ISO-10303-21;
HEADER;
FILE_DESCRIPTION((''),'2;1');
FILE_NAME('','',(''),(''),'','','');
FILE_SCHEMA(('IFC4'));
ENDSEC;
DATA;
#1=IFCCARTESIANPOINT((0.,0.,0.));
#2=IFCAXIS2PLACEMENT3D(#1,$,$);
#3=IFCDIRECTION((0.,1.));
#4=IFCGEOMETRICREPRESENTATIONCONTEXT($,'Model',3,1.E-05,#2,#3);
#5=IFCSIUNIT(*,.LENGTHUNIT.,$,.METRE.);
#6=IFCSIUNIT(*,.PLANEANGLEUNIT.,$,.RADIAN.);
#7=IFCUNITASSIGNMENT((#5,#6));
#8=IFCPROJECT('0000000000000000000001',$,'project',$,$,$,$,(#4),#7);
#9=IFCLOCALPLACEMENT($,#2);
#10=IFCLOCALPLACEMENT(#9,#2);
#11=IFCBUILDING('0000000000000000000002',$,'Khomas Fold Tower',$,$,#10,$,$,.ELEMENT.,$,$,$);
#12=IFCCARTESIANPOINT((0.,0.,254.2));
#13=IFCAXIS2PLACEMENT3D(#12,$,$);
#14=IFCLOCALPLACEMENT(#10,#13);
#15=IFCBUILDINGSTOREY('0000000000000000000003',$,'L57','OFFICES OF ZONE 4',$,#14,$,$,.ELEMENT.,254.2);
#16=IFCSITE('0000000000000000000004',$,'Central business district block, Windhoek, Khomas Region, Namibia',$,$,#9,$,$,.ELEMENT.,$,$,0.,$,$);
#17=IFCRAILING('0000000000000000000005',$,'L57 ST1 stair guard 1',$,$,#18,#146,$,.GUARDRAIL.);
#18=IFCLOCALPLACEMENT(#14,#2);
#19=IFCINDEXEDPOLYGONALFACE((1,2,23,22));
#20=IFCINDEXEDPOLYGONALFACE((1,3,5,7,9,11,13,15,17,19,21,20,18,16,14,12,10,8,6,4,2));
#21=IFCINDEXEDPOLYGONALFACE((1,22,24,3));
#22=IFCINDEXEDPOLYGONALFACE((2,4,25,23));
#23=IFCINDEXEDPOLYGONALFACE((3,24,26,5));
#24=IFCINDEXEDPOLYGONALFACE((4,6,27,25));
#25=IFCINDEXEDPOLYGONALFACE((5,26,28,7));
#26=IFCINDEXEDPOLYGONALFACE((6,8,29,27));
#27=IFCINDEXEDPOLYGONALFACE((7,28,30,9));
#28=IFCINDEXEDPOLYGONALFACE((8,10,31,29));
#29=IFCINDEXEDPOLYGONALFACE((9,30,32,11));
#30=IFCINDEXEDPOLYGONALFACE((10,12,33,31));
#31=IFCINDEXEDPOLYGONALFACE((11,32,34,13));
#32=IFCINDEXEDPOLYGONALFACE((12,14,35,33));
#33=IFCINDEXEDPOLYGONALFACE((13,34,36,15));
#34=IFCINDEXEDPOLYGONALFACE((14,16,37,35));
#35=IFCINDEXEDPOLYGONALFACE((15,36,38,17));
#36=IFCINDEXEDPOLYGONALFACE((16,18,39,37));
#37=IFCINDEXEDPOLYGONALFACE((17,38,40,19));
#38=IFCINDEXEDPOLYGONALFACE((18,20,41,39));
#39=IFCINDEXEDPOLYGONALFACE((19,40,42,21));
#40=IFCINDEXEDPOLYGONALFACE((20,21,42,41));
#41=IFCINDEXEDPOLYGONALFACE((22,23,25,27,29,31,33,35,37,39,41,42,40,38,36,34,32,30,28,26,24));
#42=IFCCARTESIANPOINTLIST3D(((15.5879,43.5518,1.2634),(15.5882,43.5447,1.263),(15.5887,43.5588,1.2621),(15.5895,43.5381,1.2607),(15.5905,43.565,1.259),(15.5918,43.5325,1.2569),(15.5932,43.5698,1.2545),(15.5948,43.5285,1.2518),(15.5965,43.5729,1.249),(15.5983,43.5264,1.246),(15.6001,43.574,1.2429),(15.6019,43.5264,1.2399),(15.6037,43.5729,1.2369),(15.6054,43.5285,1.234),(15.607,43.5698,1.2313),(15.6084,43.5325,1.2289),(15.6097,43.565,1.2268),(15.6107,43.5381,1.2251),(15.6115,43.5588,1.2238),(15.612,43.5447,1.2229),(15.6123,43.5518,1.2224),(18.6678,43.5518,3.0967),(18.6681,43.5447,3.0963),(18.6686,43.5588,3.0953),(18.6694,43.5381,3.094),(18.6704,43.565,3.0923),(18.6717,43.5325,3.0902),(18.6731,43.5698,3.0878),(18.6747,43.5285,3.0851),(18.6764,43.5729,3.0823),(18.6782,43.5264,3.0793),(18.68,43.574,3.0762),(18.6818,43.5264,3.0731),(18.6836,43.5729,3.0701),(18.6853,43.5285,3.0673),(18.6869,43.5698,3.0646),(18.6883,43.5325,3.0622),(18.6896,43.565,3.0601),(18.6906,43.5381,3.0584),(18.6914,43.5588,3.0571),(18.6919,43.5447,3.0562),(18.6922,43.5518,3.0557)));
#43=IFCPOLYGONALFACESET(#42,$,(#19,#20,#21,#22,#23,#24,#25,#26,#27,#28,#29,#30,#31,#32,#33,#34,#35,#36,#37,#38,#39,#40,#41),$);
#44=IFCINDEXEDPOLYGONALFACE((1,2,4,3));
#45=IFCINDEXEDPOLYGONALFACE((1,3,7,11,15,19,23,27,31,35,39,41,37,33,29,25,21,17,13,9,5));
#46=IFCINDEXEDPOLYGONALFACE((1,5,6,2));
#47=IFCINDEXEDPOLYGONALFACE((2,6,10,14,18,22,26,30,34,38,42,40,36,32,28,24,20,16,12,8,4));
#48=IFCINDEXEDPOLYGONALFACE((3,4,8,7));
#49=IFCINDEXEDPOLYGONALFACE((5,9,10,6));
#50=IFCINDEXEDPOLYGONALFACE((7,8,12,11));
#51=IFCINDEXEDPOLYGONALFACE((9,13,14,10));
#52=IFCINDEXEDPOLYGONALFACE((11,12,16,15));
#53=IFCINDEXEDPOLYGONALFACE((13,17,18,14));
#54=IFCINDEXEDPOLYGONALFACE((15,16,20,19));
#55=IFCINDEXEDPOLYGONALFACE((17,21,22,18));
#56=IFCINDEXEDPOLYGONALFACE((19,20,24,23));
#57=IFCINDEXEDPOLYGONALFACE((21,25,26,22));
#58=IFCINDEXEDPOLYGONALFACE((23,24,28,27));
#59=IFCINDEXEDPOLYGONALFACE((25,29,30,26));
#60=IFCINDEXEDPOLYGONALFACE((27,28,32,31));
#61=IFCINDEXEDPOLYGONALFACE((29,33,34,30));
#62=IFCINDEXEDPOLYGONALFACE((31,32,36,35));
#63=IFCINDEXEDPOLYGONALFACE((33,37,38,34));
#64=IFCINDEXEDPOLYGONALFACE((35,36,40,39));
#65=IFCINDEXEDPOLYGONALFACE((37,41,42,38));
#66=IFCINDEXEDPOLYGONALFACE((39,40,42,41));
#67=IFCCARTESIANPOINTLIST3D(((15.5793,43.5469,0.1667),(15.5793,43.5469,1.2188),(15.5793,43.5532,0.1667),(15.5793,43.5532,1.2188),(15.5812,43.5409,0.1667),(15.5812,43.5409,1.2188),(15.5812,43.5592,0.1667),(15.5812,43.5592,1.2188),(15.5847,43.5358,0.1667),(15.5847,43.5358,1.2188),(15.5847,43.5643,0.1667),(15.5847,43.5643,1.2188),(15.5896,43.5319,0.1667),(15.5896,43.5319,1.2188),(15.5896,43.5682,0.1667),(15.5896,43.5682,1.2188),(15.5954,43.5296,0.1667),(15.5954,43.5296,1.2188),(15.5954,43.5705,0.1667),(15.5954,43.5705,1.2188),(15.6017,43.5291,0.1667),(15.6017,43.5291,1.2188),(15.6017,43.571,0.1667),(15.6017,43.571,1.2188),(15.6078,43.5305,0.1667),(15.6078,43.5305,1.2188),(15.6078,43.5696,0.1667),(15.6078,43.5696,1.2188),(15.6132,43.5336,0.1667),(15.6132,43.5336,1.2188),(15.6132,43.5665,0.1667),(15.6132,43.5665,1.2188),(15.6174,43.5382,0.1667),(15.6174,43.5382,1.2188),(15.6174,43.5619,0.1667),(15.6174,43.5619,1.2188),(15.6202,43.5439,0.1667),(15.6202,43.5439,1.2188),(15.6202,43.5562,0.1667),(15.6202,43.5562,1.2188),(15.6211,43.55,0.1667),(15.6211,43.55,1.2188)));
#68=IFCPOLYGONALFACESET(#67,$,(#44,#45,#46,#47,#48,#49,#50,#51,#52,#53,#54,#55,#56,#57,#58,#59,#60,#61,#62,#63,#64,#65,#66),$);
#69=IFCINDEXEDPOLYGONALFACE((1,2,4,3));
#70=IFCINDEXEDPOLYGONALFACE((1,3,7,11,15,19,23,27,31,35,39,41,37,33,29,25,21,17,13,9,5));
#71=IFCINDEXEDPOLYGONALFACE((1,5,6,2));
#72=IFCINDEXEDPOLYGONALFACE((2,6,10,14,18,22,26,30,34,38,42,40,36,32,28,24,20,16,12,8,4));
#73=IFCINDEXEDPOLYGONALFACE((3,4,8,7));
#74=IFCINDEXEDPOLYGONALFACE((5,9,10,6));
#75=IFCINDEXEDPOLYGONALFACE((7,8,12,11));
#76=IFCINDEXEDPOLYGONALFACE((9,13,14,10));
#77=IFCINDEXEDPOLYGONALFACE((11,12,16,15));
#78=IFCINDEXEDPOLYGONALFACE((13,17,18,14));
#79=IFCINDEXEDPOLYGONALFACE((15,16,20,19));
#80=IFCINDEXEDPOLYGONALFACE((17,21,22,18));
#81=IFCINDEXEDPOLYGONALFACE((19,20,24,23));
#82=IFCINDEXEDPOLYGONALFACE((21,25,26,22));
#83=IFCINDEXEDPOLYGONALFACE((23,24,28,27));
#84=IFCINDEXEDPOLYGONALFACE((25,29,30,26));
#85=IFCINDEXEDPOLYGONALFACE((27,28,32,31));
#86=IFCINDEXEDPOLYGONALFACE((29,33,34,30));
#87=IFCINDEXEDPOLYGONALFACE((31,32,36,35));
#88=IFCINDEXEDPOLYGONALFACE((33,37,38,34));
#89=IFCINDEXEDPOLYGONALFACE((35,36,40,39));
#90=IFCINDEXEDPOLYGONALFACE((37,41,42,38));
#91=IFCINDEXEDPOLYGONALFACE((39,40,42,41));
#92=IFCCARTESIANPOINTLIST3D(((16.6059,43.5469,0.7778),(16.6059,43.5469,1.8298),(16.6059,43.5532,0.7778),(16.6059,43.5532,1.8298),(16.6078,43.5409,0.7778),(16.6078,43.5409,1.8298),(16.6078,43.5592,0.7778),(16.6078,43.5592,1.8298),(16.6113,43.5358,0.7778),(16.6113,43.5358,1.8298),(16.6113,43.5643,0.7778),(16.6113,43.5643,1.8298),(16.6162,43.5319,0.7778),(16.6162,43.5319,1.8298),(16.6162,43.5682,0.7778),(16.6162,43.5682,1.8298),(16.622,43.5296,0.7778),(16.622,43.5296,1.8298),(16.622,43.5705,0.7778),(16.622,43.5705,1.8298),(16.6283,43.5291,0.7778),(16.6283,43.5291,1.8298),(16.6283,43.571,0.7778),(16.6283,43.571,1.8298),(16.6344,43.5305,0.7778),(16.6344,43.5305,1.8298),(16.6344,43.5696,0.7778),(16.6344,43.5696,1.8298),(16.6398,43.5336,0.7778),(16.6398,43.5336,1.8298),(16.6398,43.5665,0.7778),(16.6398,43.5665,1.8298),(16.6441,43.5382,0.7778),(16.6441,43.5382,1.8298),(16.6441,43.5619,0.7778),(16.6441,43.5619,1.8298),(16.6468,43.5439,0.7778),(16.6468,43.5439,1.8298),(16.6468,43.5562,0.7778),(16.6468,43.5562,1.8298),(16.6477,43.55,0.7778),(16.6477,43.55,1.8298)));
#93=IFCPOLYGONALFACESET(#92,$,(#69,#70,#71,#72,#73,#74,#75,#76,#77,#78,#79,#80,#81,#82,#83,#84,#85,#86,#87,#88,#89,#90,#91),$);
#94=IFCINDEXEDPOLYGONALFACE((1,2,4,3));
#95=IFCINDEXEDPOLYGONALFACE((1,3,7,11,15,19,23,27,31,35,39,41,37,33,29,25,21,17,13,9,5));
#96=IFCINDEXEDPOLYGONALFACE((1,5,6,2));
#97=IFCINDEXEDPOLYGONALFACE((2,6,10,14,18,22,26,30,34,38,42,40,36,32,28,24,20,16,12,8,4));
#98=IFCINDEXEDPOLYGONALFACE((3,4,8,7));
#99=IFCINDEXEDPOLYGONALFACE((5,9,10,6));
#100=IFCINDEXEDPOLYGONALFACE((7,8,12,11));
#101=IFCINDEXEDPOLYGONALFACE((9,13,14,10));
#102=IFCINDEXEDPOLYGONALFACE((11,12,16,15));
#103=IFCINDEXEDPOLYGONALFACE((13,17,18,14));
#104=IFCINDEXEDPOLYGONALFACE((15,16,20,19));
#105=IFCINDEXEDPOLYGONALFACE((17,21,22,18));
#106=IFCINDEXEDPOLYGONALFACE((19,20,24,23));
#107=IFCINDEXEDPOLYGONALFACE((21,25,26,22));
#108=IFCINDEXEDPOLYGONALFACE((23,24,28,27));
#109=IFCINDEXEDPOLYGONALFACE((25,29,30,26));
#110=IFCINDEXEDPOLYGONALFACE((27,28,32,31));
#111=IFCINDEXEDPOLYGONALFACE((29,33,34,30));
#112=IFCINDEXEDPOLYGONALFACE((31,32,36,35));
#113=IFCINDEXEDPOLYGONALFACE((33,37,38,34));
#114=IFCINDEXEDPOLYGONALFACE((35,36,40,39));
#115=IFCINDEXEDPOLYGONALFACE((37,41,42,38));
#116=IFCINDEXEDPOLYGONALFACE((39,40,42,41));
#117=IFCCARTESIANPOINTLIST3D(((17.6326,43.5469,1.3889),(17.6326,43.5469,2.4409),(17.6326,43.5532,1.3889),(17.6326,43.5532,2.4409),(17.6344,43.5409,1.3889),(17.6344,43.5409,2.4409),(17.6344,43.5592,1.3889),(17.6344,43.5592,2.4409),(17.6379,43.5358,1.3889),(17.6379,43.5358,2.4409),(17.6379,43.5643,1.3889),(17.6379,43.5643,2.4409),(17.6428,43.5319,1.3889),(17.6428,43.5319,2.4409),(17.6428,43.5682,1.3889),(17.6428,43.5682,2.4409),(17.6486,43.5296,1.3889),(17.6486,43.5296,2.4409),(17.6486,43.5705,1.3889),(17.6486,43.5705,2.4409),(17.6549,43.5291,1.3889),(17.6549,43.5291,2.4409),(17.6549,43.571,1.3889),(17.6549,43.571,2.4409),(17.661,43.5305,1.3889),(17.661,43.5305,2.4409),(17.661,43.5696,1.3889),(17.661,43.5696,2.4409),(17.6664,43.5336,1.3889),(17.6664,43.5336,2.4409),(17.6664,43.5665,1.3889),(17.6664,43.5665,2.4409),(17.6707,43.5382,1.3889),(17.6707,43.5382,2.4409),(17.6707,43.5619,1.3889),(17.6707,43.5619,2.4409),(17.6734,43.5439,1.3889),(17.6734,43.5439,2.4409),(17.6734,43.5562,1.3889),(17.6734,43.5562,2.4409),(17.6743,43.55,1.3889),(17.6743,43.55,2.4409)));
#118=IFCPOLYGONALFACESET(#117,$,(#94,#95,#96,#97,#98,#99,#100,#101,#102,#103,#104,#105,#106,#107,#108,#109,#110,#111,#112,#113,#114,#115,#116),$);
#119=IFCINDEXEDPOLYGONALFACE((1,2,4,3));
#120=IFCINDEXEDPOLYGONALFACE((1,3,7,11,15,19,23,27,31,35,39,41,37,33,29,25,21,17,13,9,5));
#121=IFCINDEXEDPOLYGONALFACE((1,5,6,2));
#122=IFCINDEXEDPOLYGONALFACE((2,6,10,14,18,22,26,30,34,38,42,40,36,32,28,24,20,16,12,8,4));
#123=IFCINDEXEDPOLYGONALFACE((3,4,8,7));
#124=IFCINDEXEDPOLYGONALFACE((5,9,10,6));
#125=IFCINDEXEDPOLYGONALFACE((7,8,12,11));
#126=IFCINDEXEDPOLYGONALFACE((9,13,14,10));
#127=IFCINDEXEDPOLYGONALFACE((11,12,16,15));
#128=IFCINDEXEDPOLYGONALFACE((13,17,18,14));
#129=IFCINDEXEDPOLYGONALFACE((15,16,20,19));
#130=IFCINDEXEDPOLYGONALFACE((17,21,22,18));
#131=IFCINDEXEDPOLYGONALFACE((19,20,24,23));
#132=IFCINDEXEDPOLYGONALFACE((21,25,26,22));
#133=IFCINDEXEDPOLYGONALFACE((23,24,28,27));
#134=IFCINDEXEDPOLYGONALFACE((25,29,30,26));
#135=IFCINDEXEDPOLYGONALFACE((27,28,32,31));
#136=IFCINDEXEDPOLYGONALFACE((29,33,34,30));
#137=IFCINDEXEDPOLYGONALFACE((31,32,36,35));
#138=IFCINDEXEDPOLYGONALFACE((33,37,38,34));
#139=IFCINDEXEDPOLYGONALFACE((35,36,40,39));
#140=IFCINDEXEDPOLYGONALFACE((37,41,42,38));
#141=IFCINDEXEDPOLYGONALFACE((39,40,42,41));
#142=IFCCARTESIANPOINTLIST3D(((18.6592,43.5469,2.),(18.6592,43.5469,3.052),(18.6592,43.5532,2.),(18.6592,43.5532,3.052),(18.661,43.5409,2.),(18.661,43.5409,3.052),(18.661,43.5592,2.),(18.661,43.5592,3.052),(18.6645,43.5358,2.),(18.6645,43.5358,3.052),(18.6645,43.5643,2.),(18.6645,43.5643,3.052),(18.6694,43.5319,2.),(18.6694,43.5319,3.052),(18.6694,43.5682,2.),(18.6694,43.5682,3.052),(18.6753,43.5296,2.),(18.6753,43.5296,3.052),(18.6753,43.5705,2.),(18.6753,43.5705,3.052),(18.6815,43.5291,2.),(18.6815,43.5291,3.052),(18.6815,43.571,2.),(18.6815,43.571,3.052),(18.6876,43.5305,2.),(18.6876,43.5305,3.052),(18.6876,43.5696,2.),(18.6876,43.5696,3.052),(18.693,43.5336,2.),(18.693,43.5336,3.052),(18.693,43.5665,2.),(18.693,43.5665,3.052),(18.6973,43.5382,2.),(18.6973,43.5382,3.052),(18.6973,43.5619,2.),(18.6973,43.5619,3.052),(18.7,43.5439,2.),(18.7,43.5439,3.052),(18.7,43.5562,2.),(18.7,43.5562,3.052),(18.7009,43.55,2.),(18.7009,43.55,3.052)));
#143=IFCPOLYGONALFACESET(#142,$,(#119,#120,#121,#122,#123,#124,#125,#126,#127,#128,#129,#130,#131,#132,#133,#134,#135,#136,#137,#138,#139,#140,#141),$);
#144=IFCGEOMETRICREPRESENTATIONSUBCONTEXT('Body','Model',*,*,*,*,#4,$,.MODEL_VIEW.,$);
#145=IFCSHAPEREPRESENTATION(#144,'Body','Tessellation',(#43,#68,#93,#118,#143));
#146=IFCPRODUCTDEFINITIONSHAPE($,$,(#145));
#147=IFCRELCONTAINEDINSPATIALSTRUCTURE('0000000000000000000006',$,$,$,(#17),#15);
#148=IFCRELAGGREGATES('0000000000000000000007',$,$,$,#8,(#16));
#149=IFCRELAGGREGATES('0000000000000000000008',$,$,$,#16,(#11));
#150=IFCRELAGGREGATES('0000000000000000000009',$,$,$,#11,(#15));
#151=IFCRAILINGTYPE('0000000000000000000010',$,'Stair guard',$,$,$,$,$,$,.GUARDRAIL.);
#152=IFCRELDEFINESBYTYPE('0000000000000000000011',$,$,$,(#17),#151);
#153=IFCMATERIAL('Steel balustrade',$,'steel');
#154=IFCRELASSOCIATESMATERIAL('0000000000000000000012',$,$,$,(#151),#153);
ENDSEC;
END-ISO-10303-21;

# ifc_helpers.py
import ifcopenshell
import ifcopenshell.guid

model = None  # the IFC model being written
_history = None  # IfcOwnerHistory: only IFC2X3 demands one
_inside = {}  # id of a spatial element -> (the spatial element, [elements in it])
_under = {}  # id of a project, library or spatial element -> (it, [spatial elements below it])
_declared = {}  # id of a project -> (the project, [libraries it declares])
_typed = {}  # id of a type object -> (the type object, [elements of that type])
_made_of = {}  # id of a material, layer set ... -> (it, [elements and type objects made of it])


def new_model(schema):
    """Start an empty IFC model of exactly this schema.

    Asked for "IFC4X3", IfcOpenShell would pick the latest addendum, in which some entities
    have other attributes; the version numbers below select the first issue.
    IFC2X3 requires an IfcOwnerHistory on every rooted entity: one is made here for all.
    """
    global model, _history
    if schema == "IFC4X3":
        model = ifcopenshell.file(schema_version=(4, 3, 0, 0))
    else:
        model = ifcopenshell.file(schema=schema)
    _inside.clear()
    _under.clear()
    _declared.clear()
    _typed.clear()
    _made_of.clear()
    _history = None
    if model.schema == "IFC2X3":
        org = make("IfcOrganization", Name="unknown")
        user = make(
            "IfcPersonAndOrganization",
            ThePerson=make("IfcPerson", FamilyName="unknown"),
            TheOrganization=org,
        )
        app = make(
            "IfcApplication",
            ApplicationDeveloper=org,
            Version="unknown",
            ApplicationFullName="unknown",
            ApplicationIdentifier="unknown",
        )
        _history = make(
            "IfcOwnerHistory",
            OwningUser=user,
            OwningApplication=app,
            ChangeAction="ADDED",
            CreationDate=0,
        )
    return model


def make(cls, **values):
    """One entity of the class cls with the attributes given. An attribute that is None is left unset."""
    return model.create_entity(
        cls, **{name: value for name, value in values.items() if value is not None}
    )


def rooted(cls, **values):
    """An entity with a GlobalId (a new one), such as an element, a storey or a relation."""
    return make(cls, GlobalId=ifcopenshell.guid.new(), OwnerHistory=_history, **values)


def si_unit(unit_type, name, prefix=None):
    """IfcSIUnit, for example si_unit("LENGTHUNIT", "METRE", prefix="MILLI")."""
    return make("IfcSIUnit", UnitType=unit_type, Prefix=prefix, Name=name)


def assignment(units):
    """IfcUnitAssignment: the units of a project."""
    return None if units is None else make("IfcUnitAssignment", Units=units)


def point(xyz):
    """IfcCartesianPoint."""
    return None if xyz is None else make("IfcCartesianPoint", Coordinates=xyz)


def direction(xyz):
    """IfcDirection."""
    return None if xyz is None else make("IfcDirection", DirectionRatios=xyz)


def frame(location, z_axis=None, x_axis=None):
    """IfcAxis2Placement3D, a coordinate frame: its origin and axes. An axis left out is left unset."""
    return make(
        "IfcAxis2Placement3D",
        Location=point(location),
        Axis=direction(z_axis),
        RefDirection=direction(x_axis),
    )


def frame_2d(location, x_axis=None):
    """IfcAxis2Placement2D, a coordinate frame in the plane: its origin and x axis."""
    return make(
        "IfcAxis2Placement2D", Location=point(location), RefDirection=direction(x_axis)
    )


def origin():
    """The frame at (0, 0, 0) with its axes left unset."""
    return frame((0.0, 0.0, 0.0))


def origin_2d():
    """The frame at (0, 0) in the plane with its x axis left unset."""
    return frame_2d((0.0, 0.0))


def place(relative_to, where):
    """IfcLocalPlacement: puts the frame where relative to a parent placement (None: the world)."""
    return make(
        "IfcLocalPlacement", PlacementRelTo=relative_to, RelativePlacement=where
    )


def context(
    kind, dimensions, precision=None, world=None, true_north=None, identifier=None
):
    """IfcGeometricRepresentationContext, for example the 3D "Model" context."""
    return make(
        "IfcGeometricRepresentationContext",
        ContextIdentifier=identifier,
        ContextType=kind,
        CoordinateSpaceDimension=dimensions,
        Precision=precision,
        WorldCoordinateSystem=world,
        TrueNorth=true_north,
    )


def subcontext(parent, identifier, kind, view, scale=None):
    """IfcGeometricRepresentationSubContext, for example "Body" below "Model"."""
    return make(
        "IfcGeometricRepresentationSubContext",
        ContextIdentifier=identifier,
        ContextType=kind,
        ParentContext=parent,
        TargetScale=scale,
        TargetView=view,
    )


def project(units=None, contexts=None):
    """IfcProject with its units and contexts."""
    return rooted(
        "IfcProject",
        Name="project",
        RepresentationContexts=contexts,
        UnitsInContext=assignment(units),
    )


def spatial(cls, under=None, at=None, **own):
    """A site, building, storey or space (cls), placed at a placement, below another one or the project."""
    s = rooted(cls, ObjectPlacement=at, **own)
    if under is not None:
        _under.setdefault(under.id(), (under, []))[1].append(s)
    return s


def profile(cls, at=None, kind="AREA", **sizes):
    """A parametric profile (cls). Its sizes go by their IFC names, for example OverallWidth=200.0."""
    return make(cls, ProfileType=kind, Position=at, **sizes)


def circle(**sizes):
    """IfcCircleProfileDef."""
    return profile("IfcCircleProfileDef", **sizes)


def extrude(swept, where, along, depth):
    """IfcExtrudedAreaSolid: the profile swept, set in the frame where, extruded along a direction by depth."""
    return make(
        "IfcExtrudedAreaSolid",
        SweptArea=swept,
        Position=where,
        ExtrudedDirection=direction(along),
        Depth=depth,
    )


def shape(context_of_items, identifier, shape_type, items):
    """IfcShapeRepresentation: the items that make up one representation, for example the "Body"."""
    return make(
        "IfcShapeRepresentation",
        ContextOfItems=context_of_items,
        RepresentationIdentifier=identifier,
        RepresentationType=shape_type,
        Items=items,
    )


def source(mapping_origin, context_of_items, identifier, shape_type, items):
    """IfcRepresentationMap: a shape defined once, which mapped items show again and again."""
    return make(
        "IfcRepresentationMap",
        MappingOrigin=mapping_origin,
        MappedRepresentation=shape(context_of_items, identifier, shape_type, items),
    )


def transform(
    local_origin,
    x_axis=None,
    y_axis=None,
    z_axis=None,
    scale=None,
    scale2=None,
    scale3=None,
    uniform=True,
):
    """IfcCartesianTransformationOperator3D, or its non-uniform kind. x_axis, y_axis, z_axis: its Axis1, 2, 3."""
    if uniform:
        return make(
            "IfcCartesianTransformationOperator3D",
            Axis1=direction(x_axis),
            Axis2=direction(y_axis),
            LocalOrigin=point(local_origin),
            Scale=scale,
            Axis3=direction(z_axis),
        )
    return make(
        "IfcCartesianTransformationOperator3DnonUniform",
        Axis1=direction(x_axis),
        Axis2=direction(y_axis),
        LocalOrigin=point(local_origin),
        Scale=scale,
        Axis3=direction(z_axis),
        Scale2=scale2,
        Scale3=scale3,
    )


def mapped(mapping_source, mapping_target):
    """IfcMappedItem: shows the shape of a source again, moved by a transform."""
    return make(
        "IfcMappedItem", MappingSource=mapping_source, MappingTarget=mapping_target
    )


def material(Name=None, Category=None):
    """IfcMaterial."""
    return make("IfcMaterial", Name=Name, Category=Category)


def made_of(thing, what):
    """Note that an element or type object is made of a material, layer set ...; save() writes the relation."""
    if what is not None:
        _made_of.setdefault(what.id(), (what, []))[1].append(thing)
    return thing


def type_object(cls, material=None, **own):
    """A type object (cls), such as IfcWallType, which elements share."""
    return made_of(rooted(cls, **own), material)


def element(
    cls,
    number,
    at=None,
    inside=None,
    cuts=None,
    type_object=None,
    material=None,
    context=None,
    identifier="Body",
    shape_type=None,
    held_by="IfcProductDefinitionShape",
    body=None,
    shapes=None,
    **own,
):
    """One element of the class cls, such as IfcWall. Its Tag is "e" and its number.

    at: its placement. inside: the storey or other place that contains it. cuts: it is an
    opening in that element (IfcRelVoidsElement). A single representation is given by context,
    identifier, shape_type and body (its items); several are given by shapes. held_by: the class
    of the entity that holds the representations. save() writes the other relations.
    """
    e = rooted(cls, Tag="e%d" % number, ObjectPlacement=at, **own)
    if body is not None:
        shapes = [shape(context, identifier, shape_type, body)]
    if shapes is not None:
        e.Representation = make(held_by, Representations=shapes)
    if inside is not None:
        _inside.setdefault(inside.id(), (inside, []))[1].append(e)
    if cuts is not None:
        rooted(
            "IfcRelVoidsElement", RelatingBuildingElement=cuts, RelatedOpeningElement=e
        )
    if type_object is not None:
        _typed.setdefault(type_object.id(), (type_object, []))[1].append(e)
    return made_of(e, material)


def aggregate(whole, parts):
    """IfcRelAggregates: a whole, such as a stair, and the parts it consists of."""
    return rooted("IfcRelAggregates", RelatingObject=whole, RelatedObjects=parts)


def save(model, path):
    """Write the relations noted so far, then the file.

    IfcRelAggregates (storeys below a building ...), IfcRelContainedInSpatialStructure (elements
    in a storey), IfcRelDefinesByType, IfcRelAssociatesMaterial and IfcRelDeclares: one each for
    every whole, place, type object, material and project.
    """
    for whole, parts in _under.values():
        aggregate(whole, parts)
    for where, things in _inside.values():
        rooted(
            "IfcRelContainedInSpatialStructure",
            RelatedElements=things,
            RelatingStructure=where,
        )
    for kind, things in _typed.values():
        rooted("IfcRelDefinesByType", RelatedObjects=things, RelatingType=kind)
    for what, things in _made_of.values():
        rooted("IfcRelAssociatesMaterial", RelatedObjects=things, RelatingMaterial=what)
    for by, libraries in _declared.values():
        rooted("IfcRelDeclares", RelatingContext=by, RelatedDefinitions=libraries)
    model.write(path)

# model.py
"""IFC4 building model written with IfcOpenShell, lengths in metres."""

from ifc_helpers import new_model, si_unit, direction, frame, origin, origin_2d, place, context, subcontext, project, spatial, circle, extrude, source, transform, mapped, material, type_object, element, save


model = new_model("IFC4")

# Units and contexts
model_context = context("Model", 3, precision=1e-05, world=origin(), true_north=direction((0.0, 1.0)))
body_context = subcontext(model_context, "Body", "Model", "MODEL_VIEW")
ifc_project = project(units=[si_unit("LENGTHUNIT", "METRE"), si_unit("PLANEANGLEUNIT", "RADIAN")], contexts=[model_context])

# Site, building, storey
site_placement = place(None, origin())
site = spatial("IfcSite", under=ifc_project, at=site_placement, Name="Central business district block, Windhoek, Khomas Region, Namibia", CompositionType="ELEMENT", RefElevation=0.0)
building_placement = place(site_placement, origin())
building = spatial("IfcBuilding", under=site, at=building_placement, Name="Khomas Fold Tower", CompositionType="ELEMENT")
storey_placement = place(building_placement, frame((0.0, 0.0, 254.2)))
storey = spatial("IfcBuildingStorey", under=building, at=storey_placement, Name="L57", Description="OFFICES OF ZONE 4", CompositionType="ELEMENT", Elevation=254.2)

# Railing
ifc_material_1 = material(Name="Steel balustrade", Category="steel")
railing_type_1 = type_object("IfcRailingType", Name="Stair guard", PredefinedType="GUARDRAIL", material=ifc_material_1)
shared_shape_1 = source(origin(), body_context, "Body", "SweptSolid", [
    extrude(circle(Radius=0.0239, at=origin_2d()), frame((0.0, 0.0, 1.0762), z_axis=(0.859291, 0.0, 0.511487), x_axis=(0.0, 1.0, 0.0)), (0.0, 0.0, 1.0), 3.5842),
    extrude(circle(Radius=0.021, at=origin_2d()), origin(), (0.0, 0.0, 1.0), 1.052),
    extrude(circle(Radius=0.021, at=origin_2d()), frame((1.0266, 0.0, 0.6111)), (0.0, 0.0, 1.0), 1.052),
    extrude(circle(Radius=0.021, at=origin_2d()), frame((2.0532, 0.0, 1.2222)), (0.0, 0.0, 1.0), 1.052),
    extrude(circle(Radius=0.021, at=origin_2d()), frame((3.0798, 0.0, 1.8333)), (0.0, 0.0, 1.0), 1.052),
])
railing_1_placement = place(storey_placement, frame((15.6001, 43.55, 0.1667)))
element("IfcRailing", 1, at=railing_1_placement, inside=storey, type_object=railing_type_1, Name="L57 ST1 stair guard 1", PredefinedType="GUARDRAIL", context=body_context, shape_type="MappedRepresentation", body=[
    mapped(shared_shape_1, transform((0.0, 0.0, 0.0))),
])

save(model, "model.ifc")
